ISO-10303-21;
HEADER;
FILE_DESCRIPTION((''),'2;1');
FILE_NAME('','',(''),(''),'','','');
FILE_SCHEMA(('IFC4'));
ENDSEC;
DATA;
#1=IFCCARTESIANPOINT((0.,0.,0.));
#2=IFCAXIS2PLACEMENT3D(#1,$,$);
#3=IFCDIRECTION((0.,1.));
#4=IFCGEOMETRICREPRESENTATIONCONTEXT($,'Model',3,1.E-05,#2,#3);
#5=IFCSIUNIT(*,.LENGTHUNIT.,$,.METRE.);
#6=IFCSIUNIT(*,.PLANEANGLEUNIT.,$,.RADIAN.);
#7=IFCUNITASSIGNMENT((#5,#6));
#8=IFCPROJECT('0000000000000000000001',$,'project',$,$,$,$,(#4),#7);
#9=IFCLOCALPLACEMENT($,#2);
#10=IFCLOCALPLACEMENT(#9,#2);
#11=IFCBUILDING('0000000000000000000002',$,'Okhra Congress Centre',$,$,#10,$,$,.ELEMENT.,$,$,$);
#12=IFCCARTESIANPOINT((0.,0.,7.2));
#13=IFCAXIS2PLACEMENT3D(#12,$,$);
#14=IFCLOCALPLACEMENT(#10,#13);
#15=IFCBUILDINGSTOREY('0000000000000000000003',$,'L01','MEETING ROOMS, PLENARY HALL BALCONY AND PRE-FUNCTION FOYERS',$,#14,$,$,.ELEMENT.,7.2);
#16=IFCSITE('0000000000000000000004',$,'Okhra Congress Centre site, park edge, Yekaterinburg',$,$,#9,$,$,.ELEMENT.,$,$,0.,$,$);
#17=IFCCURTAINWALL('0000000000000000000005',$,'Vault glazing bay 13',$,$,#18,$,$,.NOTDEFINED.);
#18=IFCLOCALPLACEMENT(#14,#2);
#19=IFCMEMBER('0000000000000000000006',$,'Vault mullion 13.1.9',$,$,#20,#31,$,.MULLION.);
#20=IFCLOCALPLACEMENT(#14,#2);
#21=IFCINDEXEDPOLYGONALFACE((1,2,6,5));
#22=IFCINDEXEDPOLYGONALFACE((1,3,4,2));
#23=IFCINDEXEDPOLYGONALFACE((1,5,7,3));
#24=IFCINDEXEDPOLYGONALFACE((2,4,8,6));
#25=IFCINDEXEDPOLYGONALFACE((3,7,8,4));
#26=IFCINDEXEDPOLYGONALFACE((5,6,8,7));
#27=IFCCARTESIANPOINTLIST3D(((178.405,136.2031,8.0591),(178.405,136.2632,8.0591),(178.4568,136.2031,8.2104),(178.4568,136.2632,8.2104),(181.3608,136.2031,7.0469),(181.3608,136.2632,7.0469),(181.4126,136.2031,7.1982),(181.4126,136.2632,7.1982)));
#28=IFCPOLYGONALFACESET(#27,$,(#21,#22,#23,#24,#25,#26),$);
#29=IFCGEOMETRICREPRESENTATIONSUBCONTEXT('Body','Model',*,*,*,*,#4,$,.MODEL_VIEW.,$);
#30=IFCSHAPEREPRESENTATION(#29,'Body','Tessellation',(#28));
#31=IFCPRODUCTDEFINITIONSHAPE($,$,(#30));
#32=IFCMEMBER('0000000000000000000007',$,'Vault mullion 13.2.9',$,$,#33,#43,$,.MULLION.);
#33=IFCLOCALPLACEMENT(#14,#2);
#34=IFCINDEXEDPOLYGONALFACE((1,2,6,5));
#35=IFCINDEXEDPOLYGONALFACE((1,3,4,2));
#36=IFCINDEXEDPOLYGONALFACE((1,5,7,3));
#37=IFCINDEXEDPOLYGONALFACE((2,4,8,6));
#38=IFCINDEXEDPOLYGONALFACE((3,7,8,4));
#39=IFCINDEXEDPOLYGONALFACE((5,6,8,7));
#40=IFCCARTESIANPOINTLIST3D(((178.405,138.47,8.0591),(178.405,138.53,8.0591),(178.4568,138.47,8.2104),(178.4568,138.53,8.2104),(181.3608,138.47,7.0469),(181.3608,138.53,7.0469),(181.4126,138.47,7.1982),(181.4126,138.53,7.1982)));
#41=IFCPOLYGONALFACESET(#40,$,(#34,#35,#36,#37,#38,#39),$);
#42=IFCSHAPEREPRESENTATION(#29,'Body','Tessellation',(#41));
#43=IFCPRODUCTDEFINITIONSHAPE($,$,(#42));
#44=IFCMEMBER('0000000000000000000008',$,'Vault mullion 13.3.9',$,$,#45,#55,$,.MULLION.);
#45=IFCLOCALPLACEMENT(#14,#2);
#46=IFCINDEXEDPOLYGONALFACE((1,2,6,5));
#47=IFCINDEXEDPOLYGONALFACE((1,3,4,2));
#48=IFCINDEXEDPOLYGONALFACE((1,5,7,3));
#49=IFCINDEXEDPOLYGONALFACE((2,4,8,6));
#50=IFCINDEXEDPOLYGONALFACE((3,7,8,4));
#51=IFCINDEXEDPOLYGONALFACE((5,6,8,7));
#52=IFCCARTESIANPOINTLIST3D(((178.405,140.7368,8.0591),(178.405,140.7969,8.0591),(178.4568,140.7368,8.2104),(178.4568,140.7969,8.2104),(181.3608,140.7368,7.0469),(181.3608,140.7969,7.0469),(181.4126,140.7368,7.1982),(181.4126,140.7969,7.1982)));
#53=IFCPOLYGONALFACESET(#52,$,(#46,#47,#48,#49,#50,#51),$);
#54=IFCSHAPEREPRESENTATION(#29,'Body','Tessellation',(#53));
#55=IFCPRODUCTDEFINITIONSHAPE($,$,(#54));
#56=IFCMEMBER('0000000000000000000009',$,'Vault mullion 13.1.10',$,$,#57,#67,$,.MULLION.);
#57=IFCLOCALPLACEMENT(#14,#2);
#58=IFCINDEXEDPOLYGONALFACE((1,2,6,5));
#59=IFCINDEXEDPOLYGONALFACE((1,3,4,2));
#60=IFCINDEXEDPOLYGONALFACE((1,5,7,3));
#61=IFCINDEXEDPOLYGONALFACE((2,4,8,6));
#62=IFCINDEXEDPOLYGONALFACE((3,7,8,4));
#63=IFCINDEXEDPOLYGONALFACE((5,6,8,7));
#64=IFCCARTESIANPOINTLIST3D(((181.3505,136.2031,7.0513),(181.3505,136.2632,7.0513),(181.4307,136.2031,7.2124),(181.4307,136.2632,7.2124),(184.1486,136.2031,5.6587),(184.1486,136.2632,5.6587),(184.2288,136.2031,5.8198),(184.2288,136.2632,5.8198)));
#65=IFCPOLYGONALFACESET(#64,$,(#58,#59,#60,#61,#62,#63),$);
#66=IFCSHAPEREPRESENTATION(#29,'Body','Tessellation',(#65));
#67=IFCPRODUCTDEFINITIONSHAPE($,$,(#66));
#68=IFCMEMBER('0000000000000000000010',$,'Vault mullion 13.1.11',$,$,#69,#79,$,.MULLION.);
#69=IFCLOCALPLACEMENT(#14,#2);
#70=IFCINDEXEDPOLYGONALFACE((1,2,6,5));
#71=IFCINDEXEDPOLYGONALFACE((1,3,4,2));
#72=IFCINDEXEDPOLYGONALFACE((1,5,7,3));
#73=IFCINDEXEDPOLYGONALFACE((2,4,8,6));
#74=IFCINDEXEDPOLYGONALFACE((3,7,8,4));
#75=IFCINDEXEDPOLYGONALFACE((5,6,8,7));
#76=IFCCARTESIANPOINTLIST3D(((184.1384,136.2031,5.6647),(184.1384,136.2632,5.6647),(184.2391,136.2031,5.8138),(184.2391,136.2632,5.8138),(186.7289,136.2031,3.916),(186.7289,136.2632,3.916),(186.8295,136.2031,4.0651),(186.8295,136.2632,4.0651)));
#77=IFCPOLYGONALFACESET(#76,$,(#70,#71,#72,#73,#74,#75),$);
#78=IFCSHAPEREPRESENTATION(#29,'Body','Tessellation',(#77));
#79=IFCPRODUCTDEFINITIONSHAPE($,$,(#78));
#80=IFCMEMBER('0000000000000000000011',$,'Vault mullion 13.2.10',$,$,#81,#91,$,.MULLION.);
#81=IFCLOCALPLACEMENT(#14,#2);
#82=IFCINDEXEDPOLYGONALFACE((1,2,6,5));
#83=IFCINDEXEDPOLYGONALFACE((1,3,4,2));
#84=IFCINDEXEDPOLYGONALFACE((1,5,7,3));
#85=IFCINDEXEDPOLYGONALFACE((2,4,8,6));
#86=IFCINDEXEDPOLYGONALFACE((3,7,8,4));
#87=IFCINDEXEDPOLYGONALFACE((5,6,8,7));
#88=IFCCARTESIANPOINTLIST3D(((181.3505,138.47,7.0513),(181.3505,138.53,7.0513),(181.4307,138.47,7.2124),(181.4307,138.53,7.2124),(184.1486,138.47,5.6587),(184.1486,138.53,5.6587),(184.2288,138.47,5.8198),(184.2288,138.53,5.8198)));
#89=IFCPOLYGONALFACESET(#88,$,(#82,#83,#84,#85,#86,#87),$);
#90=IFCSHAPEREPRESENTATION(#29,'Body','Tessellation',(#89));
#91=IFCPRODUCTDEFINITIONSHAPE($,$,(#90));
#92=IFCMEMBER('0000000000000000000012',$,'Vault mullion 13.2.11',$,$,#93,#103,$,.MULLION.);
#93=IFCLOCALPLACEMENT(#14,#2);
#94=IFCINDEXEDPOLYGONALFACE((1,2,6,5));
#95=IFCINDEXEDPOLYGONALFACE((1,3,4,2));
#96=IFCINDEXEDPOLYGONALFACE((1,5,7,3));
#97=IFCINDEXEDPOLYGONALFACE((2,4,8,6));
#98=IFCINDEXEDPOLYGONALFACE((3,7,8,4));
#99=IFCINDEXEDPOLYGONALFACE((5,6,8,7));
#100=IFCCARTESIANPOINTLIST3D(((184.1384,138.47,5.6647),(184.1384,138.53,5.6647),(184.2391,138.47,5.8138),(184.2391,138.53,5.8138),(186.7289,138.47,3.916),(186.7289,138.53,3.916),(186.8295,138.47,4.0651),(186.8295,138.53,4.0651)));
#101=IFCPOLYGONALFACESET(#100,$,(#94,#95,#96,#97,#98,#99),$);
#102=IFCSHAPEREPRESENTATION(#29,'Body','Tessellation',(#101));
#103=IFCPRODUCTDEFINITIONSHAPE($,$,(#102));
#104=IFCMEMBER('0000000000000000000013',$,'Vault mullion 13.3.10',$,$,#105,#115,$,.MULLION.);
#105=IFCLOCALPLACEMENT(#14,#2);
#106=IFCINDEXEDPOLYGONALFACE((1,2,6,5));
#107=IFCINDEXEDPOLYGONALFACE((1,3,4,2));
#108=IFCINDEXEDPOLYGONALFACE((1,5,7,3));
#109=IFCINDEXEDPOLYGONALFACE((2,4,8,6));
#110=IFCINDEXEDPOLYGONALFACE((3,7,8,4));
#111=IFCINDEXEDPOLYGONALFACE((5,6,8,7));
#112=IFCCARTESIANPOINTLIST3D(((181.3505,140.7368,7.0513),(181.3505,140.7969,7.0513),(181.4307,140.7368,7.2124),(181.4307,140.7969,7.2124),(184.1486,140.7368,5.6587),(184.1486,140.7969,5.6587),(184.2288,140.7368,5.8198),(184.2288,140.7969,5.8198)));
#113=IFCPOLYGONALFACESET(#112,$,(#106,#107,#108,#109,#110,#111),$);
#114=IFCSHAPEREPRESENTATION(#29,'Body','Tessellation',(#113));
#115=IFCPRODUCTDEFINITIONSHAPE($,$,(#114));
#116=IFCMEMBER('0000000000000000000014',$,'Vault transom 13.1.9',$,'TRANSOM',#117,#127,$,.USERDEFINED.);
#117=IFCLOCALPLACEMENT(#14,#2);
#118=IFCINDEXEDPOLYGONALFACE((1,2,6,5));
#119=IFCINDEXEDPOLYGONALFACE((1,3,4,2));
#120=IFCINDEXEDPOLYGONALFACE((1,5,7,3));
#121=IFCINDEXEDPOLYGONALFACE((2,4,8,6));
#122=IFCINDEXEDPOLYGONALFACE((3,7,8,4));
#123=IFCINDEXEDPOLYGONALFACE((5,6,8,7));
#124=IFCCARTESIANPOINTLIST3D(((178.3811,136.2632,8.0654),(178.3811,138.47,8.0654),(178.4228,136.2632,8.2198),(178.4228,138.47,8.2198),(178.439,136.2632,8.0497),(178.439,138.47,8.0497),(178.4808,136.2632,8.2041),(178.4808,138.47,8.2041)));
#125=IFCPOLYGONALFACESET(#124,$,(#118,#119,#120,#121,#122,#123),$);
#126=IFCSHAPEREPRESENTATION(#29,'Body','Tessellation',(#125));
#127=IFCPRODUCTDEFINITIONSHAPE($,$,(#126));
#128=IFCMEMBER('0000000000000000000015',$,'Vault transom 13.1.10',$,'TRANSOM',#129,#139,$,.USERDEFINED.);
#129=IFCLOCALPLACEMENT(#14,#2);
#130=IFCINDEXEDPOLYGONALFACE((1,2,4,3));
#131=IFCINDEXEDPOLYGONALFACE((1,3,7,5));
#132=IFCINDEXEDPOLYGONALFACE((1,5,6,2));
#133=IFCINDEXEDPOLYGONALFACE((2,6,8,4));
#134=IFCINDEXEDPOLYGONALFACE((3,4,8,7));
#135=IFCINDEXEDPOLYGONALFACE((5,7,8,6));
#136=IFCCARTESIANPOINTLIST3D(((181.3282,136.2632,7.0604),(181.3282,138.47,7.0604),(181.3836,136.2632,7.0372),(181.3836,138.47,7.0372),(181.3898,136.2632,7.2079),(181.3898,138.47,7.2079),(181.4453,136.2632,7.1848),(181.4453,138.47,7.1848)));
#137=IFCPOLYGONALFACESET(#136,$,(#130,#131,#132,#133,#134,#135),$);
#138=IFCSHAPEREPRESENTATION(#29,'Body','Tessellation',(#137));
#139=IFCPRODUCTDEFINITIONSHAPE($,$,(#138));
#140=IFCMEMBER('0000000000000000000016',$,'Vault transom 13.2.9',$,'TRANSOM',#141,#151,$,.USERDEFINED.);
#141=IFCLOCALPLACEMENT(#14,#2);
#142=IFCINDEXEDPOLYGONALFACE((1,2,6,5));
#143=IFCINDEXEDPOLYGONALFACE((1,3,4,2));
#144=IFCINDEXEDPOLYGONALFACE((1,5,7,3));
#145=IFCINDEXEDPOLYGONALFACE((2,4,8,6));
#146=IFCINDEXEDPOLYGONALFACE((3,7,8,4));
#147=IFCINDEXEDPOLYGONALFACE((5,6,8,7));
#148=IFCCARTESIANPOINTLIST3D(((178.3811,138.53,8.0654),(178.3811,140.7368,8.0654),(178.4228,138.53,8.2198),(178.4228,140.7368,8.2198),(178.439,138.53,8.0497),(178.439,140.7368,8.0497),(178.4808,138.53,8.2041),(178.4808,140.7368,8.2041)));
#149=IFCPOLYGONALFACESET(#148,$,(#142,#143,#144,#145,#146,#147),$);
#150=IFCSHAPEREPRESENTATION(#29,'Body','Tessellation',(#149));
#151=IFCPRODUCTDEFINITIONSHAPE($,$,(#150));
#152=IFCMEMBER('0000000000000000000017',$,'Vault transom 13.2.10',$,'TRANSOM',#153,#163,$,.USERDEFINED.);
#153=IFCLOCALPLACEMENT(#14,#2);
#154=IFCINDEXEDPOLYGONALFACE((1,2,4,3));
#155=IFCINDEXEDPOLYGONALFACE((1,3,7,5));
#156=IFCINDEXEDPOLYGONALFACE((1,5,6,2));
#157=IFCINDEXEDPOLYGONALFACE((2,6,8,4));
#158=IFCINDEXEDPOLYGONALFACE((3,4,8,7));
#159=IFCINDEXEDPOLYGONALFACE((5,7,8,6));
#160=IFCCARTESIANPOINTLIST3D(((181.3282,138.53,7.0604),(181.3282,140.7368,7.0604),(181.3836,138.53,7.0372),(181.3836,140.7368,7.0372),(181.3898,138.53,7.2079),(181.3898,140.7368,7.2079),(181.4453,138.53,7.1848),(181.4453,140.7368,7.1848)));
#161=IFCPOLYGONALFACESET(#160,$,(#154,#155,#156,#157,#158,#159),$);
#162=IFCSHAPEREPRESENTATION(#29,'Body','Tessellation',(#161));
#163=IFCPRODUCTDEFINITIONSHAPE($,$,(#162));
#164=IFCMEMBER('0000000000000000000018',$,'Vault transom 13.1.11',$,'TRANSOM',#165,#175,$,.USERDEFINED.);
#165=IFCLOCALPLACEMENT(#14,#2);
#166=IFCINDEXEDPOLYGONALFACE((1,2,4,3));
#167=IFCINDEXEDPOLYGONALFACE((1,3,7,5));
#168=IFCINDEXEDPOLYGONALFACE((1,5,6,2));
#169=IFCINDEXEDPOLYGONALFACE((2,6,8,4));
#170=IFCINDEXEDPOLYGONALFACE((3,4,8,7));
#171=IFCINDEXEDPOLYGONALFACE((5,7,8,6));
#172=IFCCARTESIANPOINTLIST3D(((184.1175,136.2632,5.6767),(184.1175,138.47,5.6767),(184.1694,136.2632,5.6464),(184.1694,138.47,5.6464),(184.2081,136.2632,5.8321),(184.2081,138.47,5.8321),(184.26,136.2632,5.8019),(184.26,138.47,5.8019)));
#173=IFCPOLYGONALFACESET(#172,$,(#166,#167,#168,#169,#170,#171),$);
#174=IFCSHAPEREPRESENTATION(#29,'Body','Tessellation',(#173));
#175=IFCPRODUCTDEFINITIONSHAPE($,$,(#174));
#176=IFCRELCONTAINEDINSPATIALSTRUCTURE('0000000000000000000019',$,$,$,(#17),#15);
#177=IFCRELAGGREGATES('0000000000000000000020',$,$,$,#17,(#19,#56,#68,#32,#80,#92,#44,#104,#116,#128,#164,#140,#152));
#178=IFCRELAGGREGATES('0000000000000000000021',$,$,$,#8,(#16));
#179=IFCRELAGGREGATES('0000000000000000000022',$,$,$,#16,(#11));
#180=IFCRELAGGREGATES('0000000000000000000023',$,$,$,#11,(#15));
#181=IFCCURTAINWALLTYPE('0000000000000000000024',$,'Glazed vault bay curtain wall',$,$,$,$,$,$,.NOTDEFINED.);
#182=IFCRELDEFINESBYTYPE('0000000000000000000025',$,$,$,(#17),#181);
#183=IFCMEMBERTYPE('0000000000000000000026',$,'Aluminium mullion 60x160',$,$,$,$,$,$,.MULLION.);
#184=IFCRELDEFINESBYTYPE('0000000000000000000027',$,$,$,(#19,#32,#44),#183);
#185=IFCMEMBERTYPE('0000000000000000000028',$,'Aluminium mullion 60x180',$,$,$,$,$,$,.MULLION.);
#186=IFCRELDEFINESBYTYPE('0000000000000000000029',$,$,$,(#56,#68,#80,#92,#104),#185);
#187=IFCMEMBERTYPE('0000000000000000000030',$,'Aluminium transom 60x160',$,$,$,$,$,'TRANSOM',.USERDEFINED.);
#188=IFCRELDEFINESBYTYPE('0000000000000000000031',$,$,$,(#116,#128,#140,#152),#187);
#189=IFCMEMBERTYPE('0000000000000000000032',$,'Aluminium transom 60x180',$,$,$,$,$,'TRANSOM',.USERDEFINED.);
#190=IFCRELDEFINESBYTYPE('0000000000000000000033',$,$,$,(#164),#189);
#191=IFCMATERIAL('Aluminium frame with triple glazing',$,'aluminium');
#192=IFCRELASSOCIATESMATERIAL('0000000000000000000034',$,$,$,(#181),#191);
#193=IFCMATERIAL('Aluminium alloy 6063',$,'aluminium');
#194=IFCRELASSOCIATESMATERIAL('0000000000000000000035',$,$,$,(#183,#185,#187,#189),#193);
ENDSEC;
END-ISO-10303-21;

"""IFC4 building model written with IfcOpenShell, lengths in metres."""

from ifc_helpers import new_model, si_unit, direction, frame, origin, origin_2d, place, context, subcontext, project, spatial, rectangle, extrude, material, material_profile, profile_set, type_object, element, aggregate, save


model = new_model("IFC4")

# Units and contexts
model_context = context("Model", 3, precision=1e-05, world=origin(), true_north=direction((0.0, 1.0)))
body_context = subcontext(model_context, "Body", "Model", "MODEL_VIEW")
ifc_project = project(units=[si_unit("LENGTHUNIT", "METRE"), si_unit("PLANEANGLEUNIT", "RADIAN")], contexts=[model_context])

# Site, building, storey
site_placement = place(None, origin())
site = spatial("IfcSite", under=ifc_project, at=site_placement, Name="Okhra Congress Centre site, park edge, Yekaterinburg", CompositionType="ELEMENT", RefElevation=0.0)
building_placement = place(site_placement, origin())
building = spatial("IfcBuilding", under=site, at=building_placement, Name="Okhra Congress Centre", CompositionType="ELEMENT")
storey_placement = place(building_placement, frame((0.0, 0.0, 7.2)))
storey = spatial("IfcBuildingStorey", under=building, at=storey_placement, Name="L01", Description="MEETING ROOMS, PLENARY HALL BALCONY AND PRE-FUNCTION FOYERS", CompositionType="ELEMENT", Elevation=7.2)

# Curtain wall, members
ifc_material_1 = material(Name="Aluminium frame with triple glazing", Category="aluminium")
curtain_wall_type = type_object("IfcCurtainWallType", Name="Glazed vault bay curtain wall", PredefinedType="NOTDEFINED", material=ifc_material_1)
curtain_wall_placement = place(storey_placement, origin())
curtain_wall = element("IfcCurtainWall", 1, at=curtain_wall_placement, inside=storey, type_object=curtain_wall_type, Name="Vault glazing bay 13", PredefinedType="NOTDEFINED")
ifc_material_2 = material(Name="Aluminium alloy 6063", Category="aluminium")
ifc_material_profile_1 = material_profile(ifc_material_2, rectangle(XDim=0.0601, YDim=0.1599, at=origin_2d()), Name="AL 60x160")
ifc_profile_set_1 = profile_set([ifc_material_profile_1], Name="Aluminium alloy 6063")
member_type_1 = type_object("IfcMemberType", Name="Aluminium mullion 60x160", PredefinedType="MULLION", material=ifc_profile_set_1)
member_1_placement = place(storey_placement, frame((178.4309, 136.2332, 8.1348), z_axis=(0.946065, 0.0, -0.323977), x_axis=(0.0, 1.0, 0.0)))
member_1 = element("IfcMember", 2, at=member_1_placement, type_object=member_type_1, Name="Vault mullion 13.1.9", PredefinedType="MULLION", context=body_context, shape_type="SweptSolid", body=[
    extrude(rectangle(XDim=0.0601, YDim=0.1599, at=origin_2d()), origin(), (0.0, 0.0, 1.0), 3.1243),
])
member_2_placement = place(storey_placement, frame((178.4309, 138.5, 8.1348), z_axis=(0.946065, 0.0, -0.323977), x_axis=(0.0, 1.0, 0.0)))
member_2 = element("IfcMember", 3, at=member_2_placement, type_object=member_type_1, Name="Vault mullion 13.2.9", PredefinedType="MULLION", context=body_context, shape_type="SweptSolid", body=[
    extrude(rectangle(XDim=0.0601, YDim=0.1599, at=origin_2d()), origin(), (0.0, 0.0, 1.0), 3.1243),
])
member_3_placement = place(storey_placement, frame((178.4309, 140.7668, 8.1348), z_axis=(0.946065, 0.0, -0.323977), x_axis=(0.0, 1.0, 0.0)))
member_3 = element("IfcMember", 4, at=member_3_placement, type_object=member_type_1, Name="Vault mullion 13.3.9", PredefinedType="MULLION", context=body_context, shape_type="SweptSolid", body=[
    extrude(rectangle(XDim=0.0601, YDim=0.1599, at=origin_2d()), origin(), (0.0, 0.0, 1.0), 3.1243),
])
ifc_material_profile_2 = material_profile(ifc_material_2, rectangle(XDim=0.0601, YDim=0.1799, at=origin_2d()), Name="AL 60x180")
ifc_profile_set_2 = profile_set([ifc_material_profile_2], Name="Aluminium alloy 6063")
member_type_2 = type_object("IfcMemberType", Name="Aluminium mullion 60x180", PredefinedType="MULLION", material=ifc_profile_set_2)
member_4_placement = place(storey_placement, frame((181.3906, 136.2332, 7.1318), z_axis=(0.895254, 0.0, -0.445557), x_axis=(0.0, 1.0, 0.0)))
member_4 = element("IfcMember", 5, at=member_4_placement, type_object=member_type_2, Name="Vault mullion 13.1.10", PredefinedType="MULLION", context=body_context, shape_type="SweptSolid", body=[
    extrude(rectangle(XDim=0.0601, YDim=0.1799, at=origin_2d()), origin(), (0.0, 0.0, 1.0), 3.1255),
])
member_5_placement = place(storey_placement, frame((184.1887, 136.2332, 5.7393), z_axis=(0.828828, 0.0, -0.559504), x_axis=(0.0, 1.0, 0.0)))
member_5 = element("IfcMember", 6, at=member_5_placement, type_object=member_type_2, Name="Vault mullion 13.1.11", PredefinedType="MULLION", context=body_context, shape_type="SweptSolid", body=[
    extrude(rectangle(XDim=0.0601, YDim=0.1799, at=origin_2d()), origin(), (0.0, 0.0, 1.0), 3.1255),
])
member_6_placement = place(storey_placement, frame((181.3906, 138.5, 7.1318), z_axis=(0.895254, 0.0, -0.445557), x_axis=(0.0, 1.0, 0.0)))
member_6 = element("IfcMember", 7, at=member_6_placement, type_object=member_type_2, Name="Vault mullion 13.2.10", PredefinedType="MULLION", context=body_context, shape_type="SweptSolid", body=[
    extrude(rectangle(XDim=0.0601, YDim=0.1799, at=origin_2d()), origin(), (0.0, 0.0, 1.0), 3.1255),
])
member_7_placement = place(storey_placement, frame((184.1887, 138.5, 5.7393), z_axis=(0.828828, 0.0, -0.559504), x_axis=(0.0, 1.0, 0.0)))
member_7 = element("IfcMember", 8, at=member_7_placement, type_object=member_type_2, Name="Vault mullion 13.2.11", PredefinedType="MULLION", context=body_context, shape_type="SweptSolid", body=[
    extrude(rectangle(XDim=0.0601, YDim=0.1799, at=origin_2d()), origin(), (0.0, 0.0, 1.0), 3.1255),
])
member_8_placement = place(storey_placement, frame((181.3906, 140.7668, 7.1318), z_axis=(0.895254, 0.0, -0.445557), x_axis=(0.0, 1.0, 0.0)))
member_8 = element("IfcMember", 9, at=member_8_placement, type_object=member_type_2, Name="Vault mullion 13.3.10", PredefinedType="MULLION", context=body_context, shape_type="SweptSolid", body=[
    extrude(rectangle(XDim=0.0601, YDim=0.1799, at=origin_2d()), origin(), (0.0, 0.0, 1.0), 3.1255),
])
ifc_material_profile_3 = material_profile(ifc_material_2, rectangle(XDim=0.0601, YDim=0.1599, at=origin_2d()), Name="AL 60x160 transom")
ifc_profile_set_3 = profile_set([ifc_material_profile_3], Name="Aluminium alloy 6063")
member_type_3 = type_object("IfcMemberType", Name="Aluminium transom 60x160", ElementType="TRANSOM", PredefinedType="USERDEFINED", material=ifc_profile_set_3)
member_9_placement = place(storey_placement, frame((178.4309, 136.2632, 8.1348), z_axis=(0.0, 1.0, 0.0), x_axis=(-0.96538, 0.0, 0.260848)))
member_9 = element("IfcMember", 10, at=member_9_placement, type_object=member_type_3, Name="Vault transom 13.1.9", ObjectType="TRANSOM", PredefinedType="USERDEFINED", context=body_context, shape_type="SweptSolid", body=[
    extrude(rectangle(XDim=0.0601, YDim=0.1599, at=origin_2d()), origin(), (0.0, 0.0, 1.0), 2.2068),
])
member_10_placement = place(storey_placement, frame((181.3867, 136.2632, 7.1226), z_axis=(0.0, 1.0, 0.0), x_axis=(-0.922669, 0.0, 0.385593)))
member_10 = element("IfcMember", 11, at=member_10_placement, type_object=member_type_3, Name="Vault transom 13.1.10", ObjectType="TRANSOM", PredefinedType="USERDEFINED", context=body_context, shape_type="SweptSolid", body=[
    extrude(rectangle(XDim=0.0601, YDim=0.1599, at=origin_2d()), origin(), (0.0, 0.0, 1.0), 2.2068),
])
member_11_placement = place(storey_placement, frame((178.4309, 138.53, 8.1348), z_axis=(0.0, 1.0, 0.0), x_axis=(-0.96538, 0.0, 0.260848)))
member_11 = element("IfcMember", 12, at=member_11_placement, type_object=member_type_3, Name="Vault transom 13.2.9", ObjectType="TRANSOM", PredefinedType="USERDEFINED", context=body_context, shape_type="SweptSolid", body=[
    extrude(rectangle(XDim=0.0601, YDim=0.1599, at=origin_2d()), origin(), (0.0, 0.0, 1.0), 2.2068),
])
member_12_placement = place(storey_placement, frame((181.3867, 138.53, 7.1226), z_axis=(0.0, 1.0, 0.0), x_axis=(-0.922669, 0.0, 0.385593)))
member_12 = element("IfcMember", 13, at=member_12_placement, type_object=member_type_3, Name="Vault transom 13.2.10", ObjectType="TRANSOM", PredefinedType="USERDEFINED", context=body_context, shape_type="SweptSolid", body=[
    extrude(rectangle(XDim=0.0601, YDim=0.1599, at=origin_2d()), origin(), (0.0, 0.0, 1.0), 2.2068),
])
ifc_material_profile_4 = material_profile(ifc_material_2, rectangle(XDim=0.0601, YDim=0.1799, at=origin_2d()), Name="AL 60x180 transom")
ifc_profile_set_4 = profile_set([ifc_material_profile_4], Name="Aluminium alloy 6063")
member_type_4 = type_object("IfcMemberType", Name="Aluminium transom 60x180", ElementType="TRANSOM", PredefinedType="USERDEFINED", material=ifc_profile_set_4)
member_13_placement = place(storey_placement, frame((184.1887, 136.2632, 5.7393), z_axis=(0.0, 1.0, 0.0), x_axis=(-0.863917, 0.0, 0.503634)))
member_13 = element("IfcMember", 14, at=member_13_placement, type_object=member_type_4, Name="Vault transom 13.1.11", ObjectType="TRANSOM", PredefinedType="USERDEFINED", context=body_context, shape_type="SweptSolid", body=[
    extrude(rectangle(XDim=0.0601, YDim=0.1799, at=origin_2d()), origin(), (0.0, 0.0, 1.0), 2.2068),
])

aggregate(curtain_wall, [member_1, member_4, member_5, member_2, member_6, member_7, member_3, member_8, member_9, member_10, member_13, member_11, member_12])

save(model, "model.ifc")
